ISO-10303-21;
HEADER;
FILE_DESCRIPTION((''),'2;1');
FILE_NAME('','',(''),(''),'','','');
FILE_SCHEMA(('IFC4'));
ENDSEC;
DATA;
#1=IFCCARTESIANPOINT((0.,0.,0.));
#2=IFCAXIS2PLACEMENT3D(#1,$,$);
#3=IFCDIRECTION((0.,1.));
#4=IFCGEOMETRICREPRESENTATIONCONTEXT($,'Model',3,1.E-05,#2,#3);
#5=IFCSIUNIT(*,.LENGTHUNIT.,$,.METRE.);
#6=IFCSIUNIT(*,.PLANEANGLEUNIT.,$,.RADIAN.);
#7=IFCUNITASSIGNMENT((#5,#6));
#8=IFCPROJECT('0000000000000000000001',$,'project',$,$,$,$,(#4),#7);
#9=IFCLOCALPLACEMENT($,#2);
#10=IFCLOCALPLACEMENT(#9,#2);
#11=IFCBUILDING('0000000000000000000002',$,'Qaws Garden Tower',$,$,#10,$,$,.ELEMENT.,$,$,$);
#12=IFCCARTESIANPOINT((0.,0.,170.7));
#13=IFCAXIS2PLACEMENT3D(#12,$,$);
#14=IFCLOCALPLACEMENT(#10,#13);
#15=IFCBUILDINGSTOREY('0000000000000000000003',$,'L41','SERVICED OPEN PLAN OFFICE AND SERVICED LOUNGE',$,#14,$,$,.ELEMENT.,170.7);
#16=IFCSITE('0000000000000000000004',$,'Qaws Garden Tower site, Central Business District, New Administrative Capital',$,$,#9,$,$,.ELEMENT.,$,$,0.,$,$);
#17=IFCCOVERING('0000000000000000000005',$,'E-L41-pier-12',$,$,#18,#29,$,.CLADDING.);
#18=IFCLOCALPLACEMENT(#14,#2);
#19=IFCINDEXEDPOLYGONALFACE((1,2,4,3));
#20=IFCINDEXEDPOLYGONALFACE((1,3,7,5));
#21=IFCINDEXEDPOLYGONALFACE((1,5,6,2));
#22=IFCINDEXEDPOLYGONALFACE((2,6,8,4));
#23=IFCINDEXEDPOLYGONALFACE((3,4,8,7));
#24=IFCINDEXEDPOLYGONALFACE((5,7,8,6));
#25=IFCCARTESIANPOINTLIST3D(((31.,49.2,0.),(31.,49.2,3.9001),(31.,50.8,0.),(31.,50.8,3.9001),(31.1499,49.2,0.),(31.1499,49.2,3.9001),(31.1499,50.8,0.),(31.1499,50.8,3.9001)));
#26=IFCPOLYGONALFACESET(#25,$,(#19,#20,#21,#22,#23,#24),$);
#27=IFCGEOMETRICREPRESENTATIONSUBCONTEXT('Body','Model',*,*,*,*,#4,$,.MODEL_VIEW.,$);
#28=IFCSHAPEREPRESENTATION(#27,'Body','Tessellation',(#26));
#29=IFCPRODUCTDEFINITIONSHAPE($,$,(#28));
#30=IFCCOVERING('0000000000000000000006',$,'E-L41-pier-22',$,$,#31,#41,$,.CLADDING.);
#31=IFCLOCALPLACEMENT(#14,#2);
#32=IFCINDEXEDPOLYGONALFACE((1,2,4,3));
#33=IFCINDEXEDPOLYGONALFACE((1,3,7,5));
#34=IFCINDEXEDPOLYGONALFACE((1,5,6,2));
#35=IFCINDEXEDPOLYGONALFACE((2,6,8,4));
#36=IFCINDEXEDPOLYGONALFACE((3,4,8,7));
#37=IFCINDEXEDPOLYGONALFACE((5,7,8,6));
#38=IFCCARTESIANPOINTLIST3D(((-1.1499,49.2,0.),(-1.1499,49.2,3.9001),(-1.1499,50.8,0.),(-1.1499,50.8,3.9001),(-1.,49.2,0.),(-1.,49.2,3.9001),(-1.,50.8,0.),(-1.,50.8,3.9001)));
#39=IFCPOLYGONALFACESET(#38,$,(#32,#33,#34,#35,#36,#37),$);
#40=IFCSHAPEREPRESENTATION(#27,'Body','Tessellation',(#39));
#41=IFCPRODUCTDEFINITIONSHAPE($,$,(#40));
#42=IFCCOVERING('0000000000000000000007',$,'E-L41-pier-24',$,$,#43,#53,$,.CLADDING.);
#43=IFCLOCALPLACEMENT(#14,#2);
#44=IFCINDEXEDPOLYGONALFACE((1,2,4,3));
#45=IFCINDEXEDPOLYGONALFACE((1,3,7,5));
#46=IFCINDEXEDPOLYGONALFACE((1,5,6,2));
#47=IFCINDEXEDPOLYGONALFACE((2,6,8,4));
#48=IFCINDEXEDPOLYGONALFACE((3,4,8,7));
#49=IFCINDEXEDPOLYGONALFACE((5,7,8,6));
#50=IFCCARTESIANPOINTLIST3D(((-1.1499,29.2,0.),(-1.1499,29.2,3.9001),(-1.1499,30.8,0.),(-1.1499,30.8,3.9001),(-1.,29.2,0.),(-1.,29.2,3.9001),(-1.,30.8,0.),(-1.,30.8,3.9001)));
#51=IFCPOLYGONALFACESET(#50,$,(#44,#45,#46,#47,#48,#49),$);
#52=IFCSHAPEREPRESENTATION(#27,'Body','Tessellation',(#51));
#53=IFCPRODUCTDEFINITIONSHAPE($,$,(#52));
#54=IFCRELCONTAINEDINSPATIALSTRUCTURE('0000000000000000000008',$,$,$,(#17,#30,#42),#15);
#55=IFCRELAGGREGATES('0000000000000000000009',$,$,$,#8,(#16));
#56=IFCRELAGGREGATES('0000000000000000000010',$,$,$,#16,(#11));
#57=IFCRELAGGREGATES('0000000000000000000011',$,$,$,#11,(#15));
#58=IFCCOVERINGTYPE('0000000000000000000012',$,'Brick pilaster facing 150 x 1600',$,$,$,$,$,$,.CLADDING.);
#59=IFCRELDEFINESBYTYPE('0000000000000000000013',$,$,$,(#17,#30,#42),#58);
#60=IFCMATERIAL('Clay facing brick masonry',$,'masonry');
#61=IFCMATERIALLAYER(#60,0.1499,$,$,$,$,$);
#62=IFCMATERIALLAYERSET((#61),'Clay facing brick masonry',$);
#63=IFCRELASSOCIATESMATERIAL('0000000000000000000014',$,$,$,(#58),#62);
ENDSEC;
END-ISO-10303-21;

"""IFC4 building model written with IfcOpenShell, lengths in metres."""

from ifc_helpers import new_model, si_unit, direction, frame, origin, place, context, subcontext, project, spatial, polyline, outline, extrude, material, layer, layer_set, type_object, element, save


model = new_model("IFC4")

# Units and contexts
model_context = context("Model", 3, precision=1e-05, world=origin(), true_north=direction((0.0, 1.0)))
body_context = subcontext(model_context, "Body", "Model", "MODEL_VIEW")
ifc_project = project(units=[si_unit("LENGTHUNIT", "METRE"), si_unit("PLANEANGLEUNIT", "RADIAN")], contexts=[model_context])

# Site, building, storey
site_placement = place(None, origin())
site = spatial("IfcSite", under=ifc_project, at=site_placement, Name="Qaws Garden Tower site, Central Business District, New Administrative Capital", CompositionType="ELEMENT", RefElevation=0.0)
building_placement = place(site_placement, origin())
building = spatial("IfcBuilding", under=site, at=building_placement, Name="Qaws Garden Tower", CompositionType="ELEMENT")
storey_placement = place(building_placement, frame((0.0, 0.0, 170.7)))
storey = spatial("IfcBuildingStorey", under=building, at=storey_placement, Name="L41", Description="SERVICED OPEN PLAN OFFICE AND SERVICED LOUNGE", CompositionType="ELEMENT", Elevation=170.7)

# Shared definitions
placement = place(storey_placement, origin())

# Coverings
ifc_material_1 = material(Name="Clay facing brick masonry", Category="masonry")
ifc_layer_1 = layer(ifc_material_1, 0.1499)
ifc_layer_set_1 = layer_set([ifc_layer_1], Name="Clay facing brick masonry")
covering_type = type_object("IfcCoveringType", Name="Brick pilaster facing 150 x 1600", PredefinedType="CLADDING", material=ifc_layer_set_1)
element("IfcCovering", 1, at=placement, inside=storey, type_object=covering_type, Name="E-L41-pier-12", PredefinedType="CLADDING", context=body_context, shape_type="SweptSolid", body=[
    extrude(outline(polyline([(31.0, 49.2), (31.0, 50.8), (31.1499, 50.8), (31.1499, 49.2), (31.0, 49.2)])), origin(), (0.0, 0.0, 1.0), 3.9001),
])
element("IfcCovering", 2, at=placement, inside=storey, type_object=covering_type, Name="E-L41-pier-22", PredefinedType="CLADDING", context=body_context, shape_type="SweptSolid", body=[
    extrude(outline(polyline([(-1.0, 50.8), (-1.0, 49.2), (-1.1499, 49.2), (-1.1499, 50.8), (-1.0, 50.8)])), origin(), (0.0, 0.0, 1.0), 3.9001),
])
element("IfcCovering", 3, at=placement, inside=storey, type_object=covering_type, Name="E-L41-pier-24", PredefinedType="CLADDING", context=body_context, shape_type="SweptSolid", body=[
    extrude(outline(polyline([(-1.0, 30.8), (-1.0, 29.2), (-1.1499, 29.2), (-1.1499, 30.8), (-1.0, 30.8)])), origin(), (0.0, 0.0, 1.0), 3.9001),
])

save(model, "model.ifc")
